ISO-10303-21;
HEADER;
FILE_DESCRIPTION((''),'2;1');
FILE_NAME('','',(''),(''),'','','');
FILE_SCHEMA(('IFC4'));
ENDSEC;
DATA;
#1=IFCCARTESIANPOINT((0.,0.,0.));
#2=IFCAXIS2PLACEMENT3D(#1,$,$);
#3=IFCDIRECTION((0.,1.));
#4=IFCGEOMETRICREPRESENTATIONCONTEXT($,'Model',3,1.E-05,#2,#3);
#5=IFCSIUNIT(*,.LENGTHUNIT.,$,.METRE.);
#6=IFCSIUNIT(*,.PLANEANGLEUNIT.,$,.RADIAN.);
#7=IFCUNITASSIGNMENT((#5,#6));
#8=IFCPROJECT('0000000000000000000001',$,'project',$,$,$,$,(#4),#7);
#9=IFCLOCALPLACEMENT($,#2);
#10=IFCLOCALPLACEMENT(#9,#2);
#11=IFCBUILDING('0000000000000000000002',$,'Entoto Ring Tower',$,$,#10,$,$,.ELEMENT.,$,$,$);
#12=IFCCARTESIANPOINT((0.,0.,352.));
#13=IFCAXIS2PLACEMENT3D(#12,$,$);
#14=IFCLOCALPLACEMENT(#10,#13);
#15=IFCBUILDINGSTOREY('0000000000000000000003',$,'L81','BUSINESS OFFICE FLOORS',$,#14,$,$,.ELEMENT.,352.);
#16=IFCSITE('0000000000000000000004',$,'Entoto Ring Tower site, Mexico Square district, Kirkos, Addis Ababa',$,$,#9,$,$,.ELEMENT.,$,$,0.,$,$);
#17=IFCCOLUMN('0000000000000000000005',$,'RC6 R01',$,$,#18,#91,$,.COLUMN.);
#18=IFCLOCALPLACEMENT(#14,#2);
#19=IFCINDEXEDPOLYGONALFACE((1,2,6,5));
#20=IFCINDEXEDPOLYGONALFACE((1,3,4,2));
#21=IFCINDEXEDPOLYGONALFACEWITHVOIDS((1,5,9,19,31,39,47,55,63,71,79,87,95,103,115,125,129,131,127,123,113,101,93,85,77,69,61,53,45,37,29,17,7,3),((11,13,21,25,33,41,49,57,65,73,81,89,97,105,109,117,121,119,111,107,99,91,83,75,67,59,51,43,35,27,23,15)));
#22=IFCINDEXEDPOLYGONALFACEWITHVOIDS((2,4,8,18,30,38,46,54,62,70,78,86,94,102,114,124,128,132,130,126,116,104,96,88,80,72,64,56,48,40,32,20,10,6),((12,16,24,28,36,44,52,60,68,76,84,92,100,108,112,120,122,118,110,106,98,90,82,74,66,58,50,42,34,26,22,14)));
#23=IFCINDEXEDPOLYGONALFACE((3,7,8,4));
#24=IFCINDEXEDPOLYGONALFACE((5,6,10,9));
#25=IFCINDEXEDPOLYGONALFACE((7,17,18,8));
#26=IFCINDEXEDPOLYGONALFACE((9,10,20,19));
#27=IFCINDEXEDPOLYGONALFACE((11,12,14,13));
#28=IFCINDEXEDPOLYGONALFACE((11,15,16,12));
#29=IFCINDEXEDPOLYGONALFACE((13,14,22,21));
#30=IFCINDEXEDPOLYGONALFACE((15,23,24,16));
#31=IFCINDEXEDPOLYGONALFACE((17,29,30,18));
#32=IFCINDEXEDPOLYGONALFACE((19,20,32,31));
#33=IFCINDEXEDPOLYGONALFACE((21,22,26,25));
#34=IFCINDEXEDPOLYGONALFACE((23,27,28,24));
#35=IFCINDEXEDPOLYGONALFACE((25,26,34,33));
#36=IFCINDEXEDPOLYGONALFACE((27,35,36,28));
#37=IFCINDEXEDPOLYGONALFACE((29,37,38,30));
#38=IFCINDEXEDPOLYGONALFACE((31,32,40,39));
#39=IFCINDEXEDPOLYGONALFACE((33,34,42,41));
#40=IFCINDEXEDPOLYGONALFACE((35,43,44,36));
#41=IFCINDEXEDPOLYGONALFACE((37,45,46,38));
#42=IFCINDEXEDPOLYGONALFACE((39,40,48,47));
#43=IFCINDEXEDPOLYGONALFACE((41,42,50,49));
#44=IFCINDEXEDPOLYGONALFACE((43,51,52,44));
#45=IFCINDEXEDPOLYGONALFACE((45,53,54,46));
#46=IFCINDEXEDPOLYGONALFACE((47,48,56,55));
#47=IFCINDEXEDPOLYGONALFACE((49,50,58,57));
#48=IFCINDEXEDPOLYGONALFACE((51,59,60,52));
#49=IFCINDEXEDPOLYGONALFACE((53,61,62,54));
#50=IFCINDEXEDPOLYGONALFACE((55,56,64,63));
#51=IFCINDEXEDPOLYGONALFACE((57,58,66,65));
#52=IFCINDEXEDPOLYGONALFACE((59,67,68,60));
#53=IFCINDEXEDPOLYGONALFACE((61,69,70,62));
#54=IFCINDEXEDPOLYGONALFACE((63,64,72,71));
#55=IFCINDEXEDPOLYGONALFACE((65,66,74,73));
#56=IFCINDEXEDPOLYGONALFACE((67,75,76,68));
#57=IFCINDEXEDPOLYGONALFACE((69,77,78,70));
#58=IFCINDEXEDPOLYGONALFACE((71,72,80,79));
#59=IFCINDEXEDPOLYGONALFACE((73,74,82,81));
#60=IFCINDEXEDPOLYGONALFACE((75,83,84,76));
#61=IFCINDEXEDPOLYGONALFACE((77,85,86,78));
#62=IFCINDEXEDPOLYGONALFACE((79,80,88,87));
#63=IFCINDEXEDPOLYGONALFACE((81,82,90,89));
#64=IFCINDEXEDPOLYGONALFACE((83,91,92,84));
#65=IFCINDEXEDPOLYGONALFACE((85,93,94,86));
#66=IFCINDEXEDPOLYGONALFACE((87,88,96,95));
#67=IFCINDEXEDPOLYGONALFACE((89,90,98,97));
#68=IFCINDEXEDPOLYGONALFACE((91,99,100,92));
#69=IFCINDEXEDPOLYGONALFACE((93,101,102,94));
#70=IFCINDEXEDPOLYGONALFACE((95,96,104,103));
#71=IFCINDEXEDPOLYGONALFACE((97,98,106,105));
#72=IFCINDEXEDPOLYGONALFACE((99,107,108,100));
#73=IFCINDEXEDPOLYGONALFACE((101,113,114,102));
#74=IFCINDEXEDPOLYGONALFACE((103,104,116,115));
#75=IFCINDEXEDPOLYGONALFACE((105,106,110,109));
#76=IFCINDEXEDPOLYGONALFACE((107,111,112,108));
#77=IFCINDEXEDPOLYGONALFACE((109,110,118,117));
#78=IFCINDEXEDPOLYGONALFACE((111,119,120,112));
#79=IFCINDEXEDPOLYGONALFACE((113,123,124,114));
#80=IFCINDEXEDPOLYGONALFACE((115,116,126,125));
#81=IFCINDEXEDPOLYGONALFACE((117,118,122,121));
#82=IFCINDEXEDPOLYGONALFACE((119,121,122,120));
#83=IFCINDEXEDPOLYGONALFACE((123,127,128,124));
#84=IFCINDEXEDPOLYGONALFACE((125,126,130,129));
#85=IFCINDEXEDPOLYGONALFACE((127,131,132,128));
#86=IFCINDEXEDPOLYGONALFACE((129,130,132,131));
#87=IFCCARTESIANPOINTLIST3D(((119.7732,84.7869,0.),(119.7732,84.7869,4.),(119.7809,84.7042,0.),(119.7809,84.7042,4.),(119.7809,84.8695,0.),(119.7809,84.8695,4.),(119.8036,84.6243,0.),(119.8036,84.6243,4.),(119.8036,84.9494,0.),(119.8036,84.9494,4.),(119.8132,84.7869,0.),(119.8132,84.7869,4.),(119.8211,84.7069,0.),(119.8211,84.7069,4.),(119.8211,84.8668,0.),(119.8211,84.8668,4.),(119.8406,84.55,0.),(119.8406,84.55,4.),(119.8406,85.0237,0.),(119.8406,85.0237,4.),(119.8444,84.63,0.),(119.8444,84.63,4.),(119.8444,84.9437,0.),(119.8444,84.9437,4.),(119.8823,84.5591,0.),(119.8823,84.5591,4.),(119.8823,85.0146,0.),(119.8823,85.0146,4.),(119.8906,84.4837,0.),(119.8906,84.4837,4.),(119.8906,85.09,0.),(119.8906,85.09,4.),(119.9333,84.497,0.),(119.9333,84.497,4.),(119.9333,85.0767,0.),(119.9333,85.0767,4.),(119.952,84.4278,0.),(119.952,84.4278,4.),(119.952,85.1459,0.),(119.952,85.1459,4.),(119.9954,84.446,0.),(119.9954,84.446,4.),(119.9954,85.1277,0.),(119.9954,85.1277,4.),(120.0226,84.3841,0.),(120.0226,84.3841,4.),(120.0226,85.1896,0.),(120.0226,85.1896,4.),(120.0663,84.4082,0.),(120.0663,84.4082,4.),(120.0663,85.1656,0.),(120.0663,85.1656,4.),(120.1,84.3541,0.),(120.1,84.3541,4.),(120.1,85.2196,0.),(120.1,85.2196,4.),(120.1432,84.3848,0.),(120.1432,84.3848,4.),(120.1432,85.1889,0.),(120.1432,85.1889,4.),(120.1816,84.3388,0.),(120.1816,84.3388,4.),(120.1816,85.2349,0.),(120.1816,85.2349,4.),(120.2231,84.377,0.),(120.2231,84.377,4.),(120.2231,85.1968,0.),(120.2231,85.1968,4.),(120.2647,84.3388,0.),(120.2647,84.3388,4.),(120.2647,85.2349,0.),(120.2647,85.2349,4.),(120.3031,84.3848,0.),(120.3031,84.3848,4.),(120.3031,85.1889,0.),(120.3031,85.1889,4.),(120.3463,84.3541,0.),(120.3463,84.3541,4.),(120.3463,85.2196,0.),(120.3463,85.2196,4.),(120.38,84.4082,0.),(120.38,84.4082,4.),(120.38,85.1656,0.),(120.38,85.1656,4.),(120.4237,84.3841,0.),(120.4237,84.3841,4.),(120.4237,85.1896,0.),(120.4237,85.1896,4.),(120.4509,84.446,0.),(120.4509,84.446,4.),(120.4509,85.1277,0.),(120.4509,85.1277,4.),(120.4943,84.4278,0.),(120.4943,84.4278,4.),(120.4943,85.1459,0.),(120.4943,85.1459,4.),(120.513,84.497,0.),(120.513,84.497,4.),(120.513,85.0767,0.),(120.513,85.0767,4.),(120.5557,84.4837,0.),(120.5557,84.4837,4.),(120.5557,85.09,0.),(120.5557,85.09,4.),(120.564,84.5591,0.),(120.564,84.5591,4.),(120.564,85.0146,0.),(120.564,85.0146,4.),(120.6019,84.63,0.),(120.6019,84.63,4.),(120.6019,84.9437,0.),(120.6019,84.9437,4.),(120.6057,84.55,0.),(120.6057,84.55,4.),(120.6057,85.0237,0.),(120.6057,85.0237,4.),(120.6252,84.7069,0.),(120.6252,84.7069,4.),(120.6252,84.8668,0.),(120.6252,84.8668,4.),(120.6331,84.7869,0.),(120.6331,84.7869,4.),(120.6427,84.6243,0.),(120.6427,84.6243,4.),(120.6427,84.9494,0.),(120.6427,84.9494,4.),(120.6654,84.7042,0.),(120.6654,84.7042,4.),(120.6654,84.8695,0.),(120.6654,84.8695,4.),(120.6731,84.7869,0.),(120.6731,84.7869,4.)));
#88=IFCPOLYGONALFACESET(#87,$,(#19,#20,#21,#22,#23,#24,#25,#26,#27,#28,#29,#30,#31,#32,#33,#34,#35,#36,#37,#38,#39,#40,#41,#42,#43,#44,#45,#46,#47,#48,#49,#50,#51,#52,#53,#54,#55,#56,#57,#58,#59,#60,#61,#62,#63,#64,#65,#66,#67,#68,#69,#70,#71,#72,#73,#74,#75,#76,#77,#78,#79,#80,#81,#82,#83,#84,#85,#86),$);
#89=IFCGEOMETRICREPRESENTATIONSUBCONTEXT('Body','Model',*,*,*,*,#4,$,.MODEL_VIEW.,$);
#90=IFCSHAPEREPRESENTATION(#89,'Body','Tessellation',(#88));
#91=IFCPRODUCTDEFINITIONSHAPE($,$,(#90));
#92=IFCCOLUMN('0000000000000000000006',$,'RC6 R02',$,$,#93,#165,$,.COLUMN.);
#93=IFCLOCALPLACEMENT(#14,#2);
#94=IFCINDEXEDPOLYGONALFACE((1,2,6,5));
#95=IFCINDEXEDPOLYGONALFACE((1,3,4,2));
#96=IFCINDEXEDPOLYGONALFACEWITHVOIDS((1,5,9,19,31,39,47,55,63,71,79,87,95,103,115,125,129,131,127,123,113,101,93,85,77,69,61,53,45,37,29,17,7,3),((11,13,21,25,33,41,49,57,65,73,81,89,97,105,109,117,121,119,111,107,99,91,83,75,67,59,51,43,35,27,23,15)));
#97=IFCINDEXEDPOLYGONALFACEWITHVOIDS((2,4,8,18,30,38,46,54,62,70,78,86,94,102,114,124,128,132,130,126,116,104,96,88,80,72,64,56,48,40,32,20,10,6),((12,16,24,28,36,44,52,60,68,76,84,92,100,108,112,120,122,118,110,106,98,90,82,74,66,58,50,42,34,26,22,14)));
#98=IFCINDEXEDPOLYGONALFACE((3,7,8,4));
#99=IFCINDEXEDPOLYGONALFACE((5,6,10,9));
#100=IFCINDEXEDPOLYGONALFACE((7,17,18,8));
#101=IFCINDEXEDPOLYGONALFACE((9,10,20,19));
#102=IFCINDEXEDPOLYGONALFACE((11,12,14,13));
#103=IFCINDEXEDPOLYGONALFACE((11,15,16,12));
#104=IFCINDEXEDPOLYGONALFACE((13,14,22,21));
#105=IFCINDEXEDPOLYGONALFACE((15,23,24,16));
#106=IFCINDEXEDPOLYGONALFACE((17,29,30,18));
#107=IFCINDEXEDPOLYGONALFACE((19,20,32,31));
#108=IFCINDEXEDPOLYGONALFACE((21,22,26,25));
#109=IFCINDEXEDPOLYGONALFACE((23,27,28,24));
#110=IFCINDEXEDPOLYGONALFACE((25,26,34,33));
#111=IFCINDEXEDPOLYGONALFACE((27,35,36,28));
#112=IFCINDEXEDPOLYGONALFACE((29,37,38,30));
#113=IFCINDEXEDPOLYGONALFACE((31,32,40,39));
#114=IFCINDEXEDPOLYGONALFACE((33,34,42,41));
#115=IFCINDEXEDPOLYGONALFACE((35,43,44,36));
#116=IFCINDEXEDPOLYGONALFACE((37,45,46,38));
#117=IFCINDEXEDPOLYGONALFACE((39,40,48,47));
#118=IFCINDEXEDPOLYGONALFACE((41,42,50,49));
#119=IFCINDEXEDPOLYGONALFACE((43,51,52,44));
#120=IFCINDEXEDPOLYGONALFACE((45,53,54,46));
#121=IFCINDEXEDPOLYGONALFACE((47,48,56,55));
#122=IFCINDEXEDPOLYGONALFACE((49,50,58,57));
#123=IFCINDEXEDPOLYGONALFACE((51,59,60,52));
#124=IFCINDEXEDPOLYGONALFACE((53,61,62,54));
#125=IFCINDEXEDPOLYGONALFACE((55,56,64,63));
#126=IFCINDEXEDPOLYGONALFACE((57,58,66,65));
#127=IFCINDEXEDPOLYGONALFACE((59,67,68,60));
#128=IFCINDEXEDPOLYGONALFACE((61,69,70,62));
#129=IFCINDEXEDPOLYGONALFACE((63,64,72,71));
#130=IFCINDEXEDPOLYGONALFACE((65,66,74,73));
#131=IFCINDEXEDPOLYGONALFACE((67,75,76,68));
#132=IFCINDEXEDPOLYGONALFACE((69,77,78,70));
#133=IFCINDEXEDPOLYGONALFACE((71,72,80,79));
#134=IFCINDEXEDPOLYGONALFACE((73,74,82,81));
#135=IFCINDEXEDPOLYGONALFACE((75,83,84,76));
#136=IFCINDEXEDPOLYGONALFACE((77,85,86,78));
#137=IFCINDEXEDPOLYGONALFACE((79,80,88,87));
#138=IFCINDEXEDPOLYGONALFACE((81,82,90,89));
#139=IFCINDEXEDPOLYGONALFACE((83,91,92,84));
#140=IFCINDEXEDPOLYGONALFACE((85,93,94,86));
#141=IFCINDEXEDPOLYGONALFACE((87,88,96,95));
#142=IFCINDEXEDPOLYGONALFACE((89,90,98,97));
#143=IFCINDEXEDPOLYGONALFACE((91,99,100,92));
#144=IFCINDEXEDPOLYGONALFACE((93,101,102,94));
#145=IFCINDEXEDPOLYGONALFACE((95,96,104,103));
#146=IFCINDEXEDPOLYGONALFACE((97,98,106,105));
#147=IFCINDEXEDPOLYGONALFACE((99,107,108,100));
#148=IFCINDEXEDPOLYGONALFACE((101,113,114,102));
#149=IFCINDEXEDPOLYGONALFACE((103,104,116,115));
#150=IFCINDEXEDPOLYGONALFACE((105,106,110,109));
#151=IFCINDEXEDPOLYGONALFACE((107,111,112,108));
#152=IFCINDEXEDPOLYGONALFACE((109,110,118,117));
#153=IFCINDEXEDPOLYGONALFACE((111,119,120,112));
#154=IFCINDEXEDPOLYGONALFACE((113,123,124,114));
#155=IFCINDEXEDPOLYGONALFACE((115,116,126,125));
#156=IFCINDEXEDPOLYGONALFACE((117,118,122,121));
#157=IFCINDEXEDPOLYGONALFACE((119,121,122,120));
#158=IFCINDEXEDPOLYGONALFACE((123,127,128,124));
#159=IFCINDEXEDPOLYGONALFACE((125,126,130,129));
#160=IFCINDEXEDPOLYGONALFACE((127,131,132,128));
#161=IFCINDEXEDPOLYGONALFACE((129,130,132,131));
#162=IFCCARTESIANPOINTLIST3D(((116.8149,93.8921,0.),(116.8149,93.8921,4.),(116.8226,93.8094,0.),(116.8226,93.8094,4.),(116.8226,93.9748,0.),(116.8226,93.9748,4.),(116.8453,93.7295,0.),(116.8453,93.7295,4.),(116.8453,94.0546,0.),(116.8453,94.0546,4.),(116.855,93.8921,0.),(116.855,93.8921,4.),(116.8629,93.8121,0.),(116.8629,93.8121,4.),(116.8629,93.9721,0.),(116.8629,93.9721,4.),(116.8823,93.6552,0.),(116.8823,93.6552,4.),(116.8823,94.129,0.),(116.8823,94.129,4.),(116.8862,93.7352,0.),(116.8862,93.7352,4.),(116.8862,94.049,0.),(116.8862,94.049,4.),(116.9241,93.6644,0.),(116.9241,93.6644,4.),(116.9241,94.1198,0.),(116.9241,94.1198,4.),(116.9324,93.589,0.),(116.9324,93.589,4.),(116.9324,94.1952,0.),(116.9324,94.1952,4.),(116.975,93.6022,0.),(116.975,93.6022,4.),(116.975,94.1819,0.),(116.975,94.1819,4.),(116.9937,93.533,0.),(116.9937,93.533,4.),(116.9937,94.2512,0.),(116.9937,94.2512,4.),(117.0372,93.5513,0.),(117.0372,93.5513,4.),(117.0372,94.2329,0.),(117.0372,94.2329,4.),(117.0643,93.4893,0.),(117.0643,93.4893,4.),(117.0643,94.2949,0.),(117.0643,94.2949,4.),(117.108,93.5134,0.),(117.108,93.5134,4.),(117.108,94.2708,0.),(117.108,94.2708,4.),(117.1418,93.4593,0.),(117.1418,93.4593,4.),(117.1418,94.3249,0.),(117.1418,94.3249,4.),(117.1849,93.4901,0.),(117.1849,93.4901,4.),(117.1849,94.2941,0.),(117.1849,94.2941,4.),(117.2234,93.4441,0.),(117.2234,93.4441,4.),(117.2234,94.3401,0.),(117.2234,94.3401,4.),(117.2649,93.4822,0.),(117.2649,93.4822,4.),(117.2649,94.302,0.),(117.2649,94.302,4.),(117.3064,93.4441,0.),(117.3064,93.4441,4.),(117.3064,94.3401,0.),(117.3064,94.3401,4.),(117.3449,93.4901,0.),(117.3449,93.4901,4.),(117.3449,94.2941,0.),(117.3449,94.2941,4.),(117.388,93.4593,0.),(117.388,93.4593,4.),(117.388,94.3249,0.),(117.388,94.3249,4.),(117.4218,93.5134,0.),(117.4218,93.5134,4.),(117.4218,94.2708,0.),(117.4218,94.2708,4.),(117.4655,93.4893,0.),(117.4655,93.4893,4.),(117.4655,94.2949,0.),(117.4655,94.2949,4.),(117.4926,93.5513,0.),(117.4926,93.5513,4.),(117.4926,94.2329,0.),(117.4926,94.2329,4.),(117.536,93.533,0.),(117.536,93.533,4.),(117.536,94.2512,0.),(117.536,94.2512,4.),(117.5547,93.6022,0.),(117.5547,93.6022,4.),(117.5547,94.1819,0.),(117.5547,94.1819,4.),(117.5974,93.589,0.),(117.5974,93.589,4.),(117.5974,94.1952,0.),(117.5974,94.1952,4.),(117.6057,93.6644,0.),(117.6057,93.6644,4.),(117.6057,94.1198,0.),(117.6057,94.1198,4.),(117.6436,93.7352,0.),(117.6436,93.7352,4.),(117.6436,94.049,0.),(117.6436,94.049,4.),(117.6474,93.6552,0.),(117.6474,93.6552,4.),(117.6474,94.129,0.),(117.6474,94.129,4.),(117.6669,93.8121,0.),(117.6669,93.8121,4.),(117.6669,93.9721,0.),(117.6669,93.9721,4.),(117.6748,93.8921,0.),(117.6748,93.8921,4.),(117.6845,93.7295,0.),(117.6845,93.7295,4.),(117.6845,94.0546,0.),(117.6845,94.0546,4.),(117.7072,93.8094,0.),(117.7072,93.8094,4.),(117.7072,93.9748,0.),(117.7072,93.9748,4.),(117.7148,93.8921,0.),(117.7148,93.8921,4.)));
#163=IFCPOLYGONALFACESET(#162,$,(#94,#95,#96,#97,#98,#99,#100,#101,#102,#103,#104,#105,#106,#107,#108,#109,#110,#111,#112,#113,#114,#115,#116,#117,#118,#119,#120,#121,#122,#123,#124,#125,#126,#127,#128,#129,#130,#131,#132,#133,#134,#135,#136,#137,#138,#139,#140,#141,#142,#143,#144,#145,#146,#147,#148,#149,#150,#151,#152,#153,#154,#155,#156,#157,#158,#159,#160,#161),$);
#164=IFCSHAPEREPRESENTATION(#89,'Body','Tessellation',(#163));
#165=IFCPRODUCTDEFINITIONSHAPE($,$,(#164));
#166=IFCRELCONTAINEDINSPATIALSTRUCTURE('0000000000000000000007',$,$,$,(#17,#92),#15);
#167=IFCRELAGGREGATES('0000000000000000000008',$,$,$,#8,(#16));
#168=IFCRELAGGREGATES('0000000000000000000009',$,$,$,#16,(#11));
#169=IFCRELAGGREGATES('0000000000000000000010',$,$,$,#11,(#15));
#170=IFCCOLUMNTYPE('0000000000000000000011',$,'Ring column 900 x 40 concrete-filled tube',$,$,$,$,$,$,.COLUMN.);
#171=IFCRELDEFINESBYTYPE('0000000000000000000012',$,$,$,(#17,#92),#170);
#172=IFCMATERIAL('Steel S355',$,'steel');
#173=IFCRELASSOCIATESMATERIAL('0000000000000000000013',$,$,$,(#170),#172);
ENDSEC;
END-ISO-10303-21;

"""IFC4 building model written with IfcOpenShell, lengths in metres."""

from ifc_helpers import new_model, si_unit, direction, frame, origin, origin_2d, place, context, subcontext, project, spatial, circle, hollow_circle, extrude, material, material_profile, profile_set, type_object, element, save


model = new_model("IFC4")

# Units and contexts
model_context = context("Model", 3, precision=1e-05, world=origin(), true_north=direction((0.0, 1.0)))
body_context = subcontext(model_context, "Body", "Model", "MODEL_VIEW")
ifc_project = project(units=[si_unit("LENGTHUNIT", "METRE"), si_unit("PLANEANGLEUNIT", "RADIAN")], contexts=[model_context])

# Site, building, storey
site_placement = place(None, origin())
site = spatial("IfcSite", under=ifc_project, at=site_placement, Name="Entoto Ring Tower site, Mexico Square district, Kirkos, Addis Ababa", CompositionType="ELEMENT", RefElevation=0.0)
building_placement = place(site_placement, origin())
building = spatial("IfcBuilding", under=site, at=building_placement, Name="Entoto Ring Tower", CompositionType="ELEMENT")
storey_placement = place(building_placement, frame((0.0, 0.0, 352.0)))
storey = spatial("IfcBuildingStorey", under=building, at=storey_placement, Name="L81", Description="BUSINESS OFFICE FLOORS", CompositionType="ELEMENT", Elevation=352.0)

# Columns
ifc_material_1 = material(Name="Steel S355", Category="steel")
ifc_material_profile_1 = material_profile(ifc_material_1, hollow_circle(Radius=0.45, WallThickness=0.04, at=origin_2d()), Name="CHS 900 x 40")
ifc_material_2 = material(Name="Concrete C60/75", Category="concrete")
ifc_material_profile_2 = material_profile(ifc_material_2, circle(Radius=0.4099, at=origin_2d()), Name="Concrete C60/75 infill")
ifc_profile_set_1 = profile_set([ifc_material_profile_1, ifc_material_profile_2], Name="Steel S355")
column_type = type_object("IfcColumnType", Name="Ring column 900 x 40 concrete-filled tube", PredefinedType="COLUMN", material=ifc_profile_set_1)
for number, where, z_axis, x_axis, name in (
    (1, (120.2231, 84.7869, 0.0), (0.0, 0.0, 1.0), (1.0, 0.0, 0.0), "RC6 R01"),
    (2, (117.2649, 93.8921, 0.0), (0.0, 0.0, 1.0), (1.0, 0.0, 0.0), "RC6 R02"),
):
    element("IfcColumn", number, at=place(storey_placement, frame(where, z_axis=z_axis, x_axis=x_axis)), inside=storey, type_object=column_type, Name=name, PredefinedType="COLUMN", context=body_context, shape_type="SweptSolid", body=[
        extrude(hollow_circle(Radius=0.45, WallThickness=0.04, at=origin_2d()), origin(), (0.0, 0.0, 1.0), 4.0),
    ])

save(model, "model.ifc")
